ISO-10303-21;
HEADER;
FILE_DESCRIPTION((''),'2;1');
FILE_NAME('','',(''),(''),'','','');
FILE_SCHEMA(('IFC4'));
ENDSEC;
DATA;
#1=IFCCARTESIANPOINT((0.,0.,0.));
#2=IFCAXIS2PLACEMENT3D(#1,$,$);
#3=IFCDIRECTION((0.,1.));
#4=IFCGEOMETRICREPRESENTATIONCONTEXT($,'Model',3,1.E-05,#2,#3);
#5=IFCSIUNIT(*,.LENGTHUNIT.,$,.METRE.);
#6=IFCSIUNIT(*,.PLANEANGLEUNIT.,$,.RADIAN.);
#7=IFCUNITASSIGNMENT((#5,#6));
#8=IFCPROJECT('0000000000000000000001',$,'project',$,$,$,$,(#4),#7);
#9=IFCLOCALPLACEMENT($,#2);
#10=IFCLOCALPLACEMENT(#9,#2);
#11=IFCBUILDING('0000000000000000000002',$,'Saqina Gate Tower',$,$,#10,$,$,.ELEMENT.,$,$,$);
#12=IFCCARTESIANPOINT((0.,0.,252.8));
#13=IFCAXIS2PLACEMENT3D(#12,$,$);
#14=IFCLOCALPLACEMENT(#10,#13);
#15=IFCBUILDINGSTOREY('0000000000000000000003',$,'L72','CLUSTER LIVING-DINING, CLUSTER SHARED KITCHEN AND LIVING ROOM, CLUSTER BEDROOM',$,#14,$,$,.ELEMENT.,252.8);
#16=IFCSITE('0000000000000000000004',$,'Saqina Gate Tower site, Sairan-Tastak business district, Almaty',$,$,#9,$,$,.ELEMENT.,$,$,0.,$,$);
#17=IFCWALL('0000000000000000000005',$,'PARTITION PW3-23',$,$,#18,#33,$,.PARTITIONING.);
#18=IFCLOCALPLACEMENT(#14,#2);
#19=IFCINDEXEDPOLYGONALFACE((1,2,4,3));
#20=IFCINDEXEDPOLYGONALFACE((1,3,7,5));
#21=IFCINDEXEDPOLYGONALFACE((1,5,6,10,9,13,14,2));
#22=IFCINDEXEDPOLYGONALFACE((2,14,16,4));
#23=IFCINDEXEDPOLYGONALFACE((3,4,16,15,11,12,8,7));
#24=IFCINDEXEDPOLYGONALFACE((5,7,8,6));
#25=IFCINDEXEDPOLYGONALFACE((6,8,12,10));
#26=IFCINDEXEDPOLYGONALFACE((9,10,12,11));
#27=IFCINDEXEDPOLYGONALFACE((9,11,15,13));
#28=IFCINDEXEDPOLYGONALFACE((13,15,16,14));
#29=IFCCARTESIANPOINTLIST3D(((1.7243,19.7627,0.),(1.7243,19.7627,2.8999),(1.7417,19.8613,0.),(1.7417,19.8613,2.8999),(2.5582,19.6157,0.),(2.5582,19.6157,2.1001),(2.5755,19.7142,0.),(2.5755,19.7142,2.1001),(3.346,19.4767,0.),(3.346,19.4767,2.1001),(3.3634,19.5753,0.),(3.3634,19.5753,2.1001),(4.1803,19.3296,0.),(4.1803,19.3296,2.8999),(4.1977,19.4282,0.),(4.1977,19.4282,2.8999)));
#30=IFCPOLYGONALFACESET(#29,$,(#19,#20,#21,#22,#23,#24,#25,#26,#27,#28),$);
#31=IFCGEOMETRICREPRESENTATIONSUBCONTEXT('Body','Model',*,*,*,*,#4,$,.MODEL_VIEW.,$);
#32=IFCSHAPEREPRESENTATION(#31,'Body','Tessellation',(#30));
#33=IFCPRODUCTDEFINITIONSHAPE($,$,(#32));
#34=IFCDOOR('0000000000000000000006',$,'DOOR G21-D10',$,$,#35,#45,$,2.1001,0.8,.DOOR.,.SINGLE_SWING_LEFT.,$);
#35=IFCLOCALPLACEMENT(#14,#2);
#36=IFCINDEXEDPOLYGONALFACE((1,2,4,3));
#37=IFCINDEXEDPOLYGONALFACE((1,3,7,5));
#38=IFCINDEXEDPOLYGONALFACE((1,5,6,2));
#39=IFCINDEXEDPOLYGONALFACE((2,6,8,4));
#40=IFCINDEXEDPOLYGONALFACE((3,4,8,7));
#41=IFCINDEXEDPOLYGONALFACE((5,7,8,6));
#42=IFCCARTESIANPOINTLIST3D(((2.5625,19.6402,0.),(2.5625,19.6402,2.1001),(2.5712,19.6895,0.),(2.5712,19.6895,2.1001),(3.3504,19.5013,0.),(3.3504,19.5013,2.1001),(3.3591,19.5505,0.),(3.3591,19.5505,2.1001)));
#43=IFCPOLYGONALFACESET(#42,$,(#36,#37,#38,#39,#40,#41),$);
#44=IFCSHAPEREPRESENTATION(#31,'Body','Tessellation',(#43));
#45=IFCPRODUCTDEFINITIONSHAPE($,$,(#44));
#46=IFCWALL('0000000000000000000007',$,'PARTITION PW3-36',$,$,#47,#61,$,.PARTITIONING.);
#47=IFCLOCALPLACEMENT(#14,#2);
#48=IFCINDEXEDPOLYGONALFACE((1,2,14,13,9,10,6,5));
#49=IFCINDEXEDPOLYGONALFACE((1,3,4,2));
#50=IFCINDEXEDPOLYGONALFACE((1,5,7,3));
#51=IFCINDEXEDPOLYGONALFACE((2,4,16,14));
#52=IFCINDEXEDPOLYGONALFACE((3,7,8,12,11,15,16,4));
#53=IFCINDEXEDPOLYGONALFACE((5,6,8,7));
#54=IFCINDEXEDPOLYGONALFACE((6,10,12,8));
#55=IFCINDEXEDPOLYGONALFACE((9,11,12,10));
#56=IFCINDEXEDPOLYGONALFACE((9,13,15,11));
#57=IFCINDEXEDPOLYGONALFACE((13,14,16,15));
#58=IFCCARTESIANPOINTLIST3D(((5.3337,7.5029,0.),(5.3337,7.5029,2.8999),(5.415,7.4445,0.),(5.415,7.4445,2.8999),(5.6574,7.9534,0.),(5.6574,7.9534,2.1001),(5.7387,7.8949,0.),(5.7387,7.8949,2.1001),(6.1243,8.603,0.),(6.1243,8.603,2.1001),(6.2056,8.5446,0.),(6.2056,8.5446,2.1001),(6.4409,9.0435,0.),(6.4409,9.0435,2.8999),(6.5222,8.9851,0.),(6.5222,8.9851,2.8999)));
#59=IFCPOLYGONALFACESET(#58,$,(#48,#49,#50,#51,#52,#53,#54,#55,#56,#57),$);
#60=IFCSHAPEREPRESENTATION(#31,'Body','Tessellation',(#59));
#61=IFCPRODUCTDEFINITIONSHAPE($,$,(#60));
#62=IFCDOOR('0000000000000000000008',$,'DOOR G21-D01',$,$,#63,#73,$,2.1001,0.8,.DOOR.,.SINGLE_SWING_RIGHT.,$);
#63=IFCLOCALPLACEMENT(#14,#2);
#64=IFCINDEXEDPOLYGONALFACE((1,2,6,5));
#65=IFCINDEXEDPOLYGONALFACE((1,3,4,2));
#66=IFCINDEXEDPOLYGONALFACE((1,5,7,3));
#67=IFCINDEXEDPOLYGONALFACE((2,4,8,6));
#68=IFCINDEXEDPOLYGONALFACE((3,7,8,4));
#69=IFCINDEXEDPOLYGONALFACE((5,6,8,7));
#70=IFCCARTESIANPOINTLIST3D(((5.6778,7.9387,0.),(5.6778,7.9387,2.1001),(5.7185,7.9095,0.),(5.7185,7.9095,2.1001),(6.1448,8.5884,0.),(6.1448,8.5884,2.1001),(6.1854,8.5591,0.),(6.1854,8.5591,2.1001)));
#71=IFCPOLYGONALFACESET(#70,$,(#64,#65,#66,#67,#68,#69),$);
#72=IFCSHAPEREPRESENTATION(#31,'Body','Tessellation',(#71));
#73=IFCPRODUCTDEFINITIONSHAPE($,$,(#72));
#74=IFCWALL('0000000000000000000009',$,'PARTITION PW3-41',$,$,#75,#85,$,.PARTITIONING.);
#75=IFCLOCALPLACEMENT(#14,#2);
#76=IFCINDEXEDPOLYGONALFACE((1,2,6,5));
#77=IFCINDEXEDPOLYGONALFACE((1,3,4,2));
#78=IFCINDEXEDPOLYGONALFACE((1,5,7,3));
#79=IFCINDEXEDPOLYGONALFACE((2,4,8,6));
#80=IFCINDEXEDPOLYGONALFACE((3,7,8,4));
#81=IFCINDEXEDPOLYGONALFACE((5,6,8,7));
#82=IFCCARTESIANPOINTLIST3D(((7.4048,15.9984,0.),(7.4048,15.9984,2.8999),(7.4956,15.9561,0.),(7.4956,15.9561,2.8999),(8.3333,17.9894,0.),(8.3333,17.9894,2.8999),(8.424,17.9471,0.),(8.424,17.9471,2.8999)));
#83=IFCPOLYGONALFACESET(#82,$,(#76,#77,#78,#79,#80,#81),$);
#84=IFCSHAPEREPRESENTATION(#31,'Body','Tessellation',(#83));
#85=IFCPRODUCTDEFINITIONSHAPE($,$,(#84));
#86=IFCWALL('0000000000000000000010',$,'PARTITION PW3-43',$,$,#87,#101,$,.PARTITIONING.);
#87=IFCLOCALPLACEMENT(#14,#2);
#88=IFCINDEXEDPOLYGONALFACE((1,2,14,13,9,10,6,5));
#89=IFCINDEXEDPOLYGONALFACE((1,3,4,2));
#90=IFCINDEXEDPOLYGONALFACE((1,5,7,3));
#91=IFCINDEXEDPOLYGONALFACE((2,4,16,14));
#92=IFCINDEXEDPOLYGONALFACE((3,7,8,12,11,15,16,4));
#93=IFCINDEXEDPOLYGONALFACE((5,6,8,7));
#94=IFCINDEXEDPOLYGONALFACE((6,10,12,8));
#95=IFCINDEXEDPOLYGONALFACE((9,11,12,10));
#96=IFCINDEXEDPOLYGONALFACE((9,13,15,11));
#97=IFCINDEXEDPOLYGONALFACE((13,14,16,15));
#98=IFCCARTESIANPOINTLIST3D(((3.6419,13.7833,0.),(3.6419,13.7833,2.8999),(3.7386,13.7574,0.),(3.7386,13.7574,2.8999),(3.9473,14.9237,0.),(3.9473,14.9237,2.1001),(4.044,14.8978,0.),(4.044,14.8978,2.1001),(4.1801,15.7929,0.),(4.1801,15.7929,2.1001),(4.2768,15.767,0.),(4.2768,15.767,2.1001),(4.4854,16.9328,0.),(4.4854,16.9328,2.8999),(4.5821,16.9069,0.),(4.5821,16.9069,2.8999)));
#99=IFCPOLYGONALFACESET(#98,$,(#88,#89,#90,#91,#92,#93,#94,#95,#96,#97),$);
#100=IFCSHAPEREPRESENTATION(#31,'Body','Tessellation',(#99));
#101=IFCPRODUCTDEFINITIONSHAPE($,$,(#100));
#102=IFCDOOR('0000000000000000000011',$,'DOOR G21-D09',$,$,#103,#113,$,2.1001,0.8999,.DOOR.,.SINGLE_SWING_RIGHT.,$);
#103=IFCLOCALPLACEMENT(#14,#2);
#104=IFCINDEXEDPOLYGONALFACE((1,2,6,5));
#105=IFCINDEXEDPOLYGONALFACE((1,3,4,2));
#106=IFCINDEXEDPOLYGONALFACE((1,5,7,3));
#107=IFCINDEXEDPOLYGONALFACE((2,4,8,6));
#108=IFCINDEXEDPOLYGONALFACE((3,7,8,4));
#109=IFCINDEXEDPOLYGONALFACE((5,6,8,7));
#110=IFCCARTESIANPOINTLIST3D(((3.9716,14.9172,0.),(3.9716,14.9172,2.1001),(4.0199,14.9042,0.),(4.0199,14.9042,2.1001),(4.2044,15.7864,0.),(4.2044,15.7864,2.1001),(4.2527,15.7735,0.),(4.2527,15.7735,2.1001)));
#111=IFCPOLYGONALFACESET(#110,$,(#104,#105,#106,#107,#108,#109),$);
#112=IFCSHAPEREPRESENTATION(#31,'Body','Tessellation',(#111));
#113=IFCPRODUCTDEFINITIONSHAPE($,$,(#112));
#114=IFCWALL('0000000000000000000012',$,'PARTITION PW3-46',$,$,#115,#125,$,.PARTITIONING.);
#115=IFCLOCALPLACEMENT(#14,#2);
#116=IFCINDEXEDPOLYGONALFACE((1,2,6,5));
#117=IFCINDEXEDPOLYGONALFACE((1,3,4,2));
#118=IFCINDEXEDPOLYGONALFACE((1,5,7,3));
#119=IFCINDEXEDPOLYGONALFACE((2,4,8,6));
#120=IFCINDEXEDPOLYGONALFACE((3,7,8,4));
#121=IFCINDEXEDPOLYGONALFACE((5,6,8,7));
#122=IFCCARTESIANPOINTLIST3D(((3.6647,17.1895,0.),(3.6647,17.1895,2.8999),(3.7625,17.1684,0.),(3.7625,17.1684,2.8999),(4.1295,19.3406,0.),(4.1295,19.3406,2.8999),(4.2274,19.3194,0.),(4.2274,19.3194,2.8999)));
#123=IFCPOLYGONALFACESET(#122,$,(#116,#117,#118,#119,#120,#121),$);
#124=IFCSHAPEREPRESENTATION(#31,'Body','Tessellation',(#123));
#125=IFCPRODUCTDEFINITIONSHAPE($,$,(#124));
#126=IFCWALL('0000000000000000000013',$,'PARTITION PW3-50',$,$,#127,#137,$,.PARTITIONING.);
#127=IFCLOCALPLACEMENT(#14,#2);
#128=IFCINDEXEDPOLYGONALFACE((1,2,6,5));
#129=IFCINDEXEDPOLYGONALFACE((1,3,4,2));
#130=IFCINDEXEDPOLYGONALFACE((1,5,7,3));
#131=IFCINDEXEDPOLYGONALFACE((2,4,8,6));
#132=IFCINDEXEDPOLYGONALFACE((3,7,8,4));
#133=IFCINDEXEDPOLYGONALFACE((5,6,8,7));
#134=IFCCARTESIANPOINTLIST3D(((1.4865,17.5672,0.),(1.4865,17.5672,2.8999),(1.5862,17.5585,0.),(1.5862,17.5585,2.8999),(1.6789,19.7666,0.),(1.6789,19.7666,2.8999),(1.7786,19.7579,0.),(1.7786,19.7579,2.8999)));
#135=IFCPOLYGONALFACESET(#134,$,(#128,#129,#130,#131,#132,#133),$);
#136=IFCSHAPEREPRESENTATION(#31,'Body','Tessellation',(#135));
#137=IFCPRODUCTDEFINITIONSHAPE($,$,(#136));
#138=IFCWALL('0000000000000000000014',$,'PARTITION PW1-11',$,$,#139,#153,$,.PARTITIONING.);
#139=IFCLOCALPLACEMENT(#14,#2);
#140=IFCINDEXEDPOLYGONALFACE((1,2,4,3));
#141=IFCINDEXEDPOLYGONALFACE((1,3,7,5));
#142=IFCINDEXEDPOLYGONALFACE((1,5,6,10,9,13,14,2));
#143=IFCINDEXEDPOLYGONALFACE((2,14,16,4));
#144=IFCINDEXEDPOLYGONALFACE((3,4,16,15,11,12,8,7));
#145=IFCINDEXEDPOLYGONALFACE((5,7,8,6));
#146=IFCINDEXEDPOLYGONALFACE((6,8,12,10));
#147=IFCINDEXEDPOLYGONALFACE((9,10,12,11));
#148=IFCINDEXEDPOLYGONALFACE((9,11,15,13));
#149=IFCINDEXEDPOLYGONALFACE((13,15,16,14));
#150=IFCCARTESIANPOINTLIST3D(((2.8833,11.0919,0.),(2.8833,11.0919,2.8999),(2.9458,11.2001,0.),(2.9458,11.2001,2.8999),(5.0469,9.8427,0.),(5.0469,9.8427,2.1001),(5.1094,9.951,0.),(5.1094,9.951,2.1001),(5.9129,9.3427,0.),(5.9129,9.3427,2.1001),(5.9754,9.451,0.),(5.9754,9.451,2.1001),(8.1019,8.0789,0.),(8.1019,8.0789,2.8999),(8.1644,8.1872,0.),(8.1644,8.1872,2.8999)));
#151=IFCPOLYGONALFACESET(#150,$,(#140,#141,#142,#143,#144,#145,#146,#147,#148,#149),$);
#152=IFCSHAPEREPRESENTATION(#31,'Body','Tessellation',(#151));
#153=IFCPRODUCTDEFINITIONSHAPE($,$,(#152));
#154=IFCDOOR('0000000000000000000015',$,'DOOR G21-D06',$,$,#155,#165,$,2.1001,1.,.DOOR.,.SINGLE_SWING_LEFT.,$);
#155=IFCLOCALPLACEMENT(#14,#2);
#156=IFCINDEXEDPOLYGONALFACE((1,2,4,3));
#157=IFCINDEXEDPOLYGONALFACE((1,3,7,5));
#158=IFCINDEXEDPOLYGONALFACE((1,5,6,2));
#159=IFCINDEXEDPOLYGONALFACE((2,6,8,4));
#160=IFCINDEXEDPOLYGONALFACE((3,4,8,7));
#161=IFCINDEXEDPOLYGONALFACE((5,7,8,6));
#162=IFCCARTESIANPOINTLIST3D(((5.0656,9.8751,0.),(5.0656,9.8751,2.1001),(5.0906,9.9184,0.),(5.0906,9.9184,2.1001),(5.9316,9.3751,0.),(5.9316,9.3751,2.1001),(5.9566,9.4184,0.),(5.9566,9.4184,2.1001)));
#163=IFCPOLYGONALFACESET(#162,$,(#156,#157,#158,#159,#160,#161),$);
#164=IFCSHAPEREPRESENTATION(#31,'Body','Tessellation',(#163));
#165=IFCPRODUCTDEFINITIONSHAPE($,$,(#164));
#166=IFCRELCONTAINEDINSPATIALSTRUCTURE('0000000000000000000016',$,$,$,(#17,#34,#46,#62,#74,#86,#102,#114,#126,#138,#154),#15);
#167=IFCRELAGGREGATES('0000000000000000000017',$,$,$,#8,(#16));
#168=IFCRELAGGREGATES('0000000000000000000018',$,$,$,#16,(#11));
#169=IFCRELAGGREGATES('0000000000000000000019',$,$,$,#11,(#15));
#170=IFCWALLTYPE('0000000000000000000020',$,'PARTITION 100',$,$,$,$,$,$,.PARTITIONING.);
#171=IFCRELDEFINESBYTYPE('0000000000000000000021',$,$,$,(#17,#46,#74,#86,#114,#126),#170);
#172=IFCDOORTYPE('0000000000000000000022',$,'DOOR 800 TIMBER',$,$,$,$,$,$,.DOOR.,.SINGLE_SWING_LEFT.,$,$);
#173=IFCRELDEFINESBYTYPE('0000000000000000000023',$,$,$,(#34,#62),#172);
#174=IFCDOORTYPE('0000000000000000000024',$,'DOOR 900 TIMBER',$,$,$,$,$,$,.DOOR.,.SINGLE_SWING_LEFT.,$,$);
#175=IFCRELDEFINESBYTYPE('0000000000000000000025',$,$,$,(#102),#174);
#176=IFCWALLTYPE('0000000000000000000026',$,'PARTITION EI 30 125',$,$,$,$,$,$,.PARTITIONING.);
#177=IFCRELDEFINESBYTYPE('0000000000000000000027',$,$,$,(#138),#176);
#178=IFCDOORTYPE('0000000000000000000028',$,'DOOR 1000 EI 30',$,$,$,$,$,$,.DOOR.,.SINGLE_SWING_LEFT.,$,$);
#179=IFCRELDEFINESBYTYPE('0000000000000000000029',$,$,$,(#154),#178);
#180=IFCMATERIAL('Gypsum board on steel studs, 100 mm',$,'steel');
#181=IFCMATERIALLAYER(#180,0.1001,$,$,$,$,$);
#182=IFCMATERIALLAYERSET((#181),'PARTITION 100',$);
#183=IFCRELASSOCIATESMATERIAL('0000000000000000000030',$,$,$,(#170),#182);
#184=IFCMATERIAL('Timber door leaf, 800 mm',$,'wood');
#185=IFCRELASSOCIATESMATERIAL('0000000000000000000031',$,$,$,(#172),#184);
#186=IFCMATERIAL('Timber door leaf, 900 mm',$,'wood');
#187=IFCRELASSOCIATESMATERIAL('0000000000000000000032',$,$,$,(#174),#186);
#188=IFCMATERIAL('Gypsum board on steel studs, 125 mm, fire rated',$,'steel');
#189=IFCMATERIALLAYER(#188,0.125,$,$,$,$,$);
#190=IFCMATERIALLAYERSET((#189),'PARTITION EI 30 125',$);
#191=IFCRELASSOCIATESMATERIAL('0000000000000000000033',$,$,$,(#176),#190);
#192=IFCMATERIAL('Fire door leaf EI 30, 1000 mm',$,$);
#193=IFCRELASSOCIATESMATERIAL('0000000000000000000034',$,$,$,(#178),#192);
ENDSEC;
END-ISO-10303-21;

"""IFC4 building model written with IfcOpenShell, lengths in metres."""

from ifc_helpers import new_model, si_unit, direction, frame, frame_2d, origin, place, context, subcontext, project, spatial, rectangle, extrude, material, layer, layer_set, type_object, element, fill, save


model = new_model("IFC4")

# Units and contexts
model_context = context("Model", 3, precision=1e-05, world=origin(), true_north=direction((0.0, 1.0)))
body_context = subcontext(model_context, "Body", "Model", "MODEL_VIEW")
ifc_project = project(units=[si_unit("LENGTHUNIT", "METRE"), si_unit("PLANEANGLEUNIT", "RADIAN")], contexts=[model_context])

# Site, building, storey
site_placement = place(None, origin())
site = spatial("IfcSite", under=ifc_project, at=site_placement, Name="Saqina Gate Tower site, Sairan-Tastak business district, Almaty", CompositionType="ELEMENT", RefElevation=0.0)
building_placement = place(site_placement, origin())
building = spatial("IfcBuilding", under=site, at=building_placement, Name="Saqina Gate Tower", CompositionType="ELEMENT")
storey_placement = place(building_placement, frame((0.0, 0.0, 252.8)))
storey = spatial("IfcBuildingStorey", under=building, at=storey_placement, Name="L72", Description="CLUSTER LIVING-DINING, CLUSTER SHARED KITCHEN AND LIVING ROOM, CLUSTER BEDROOM", CompositionType="ELEMENT", Elevation=252.8)

# Shared definitions
ifc_material_1 = material(Name="Gypsum board on steel studs, 100 mm", Category="steel")
ifc_layer_1 = layer(ifc_material_1, 0.1001)
ifc_layer_set_1 = layer_set([ifc_layer_1], Name="PARTITION 100")
wall_type_1 = type_object("IfcWallType", Name="PARTITION 100", PredefinedType="PARTITIONING", material=ifc_layer_set_1)

# Walls, openings, doors
wall_1_placement = place(storey_placement, frame((1.7329, 19.812, 0.0), z_axis=(0.0, 0.0, 1.0), x_axis=(0.984805, -0.173662, 0.0)))
wall_1 = element("IfcWall", 1, at=wall_1_placement, inside=storey, type_object=wall_type_1, Name="PARTITION PW3-23", PredefinedType="PARTITIONING", context=body_context, shape_type="SweptSolid", body=[
    extrude(rectangle(XDim=2.4939, YDim=0.1001, at=frame_2d((1.2471, 0.0))), origin(), (0.0, 0.0, 1.0), 2.8999),
])
opening_1_placement = place(wall_1_placement, frame((0.8469, 0.0, 0.0)))
opening_1 = element("IfcOpeningElement", 2, at=opening_1_placement, cuts=wall_1, PredefinedType="OPENING", context=body_context, shape_type="SweptSolid", body=[
    extrude(rectangle(XDim=0.8, YDim=2.1001, at=frame_2d((0.3999, 1.05))), frame((0.0, 0.062, 0.0), z_axis=(0.0, -1.0, 0.0), x_axis=(1.0, 0.0, 0.0)), (0.0, 0.0, 1.0), 0.124),
])
ifc_material_2 = material(Name="Timber door leaf, 800 mm", Category="wood")
door_type_1 = type_object("IfcDoorType", Name="DOOR 800 TIMBER", OperationType="SINGLE_SWING_LEFT", PredefinedType="DOOR", material=ifc_material_2)
door_1_placement = place(opening_1_placement, origin())
door_1 = element("IfcDoor", 3, at=door_1_placement, inside=storey, type_object=door_type_1, Name="DOOR G21-D10", OperationType="SINGLE_SWING_LEFT", OverallHeight=2.1001, OverallWidth=0.8, PredefinedType="DOOR", context=body_context, shape_type="SweptSolid", body=[
    extrude(rectangle(XDim=0.8, YDim=2.1001, at=frame_2d((0.3999, 1.05))), frame((0.0, 0.0249, 0.0), z_axis=(0.0, -1.0, 0.0), x_axis=(1.0, 0.0, 0.0)), (0.0, 0.0, 1.0), 0.05),
])
fill(opening_1, door_1)
wall_2_placement = place(storey_placement, frame((5.3743, 7.4736, 0.0), z_axis=(0.0, 0.0, 1.0), x_axis=(0.58361, 0.812034, 0.0)))
wall_2 = element("IfcWall", 4, at=wall_2_placement, inside=storey, type_object=wall_type_1, Name="PARTITION PW3-36", PredefinedType="PARTITIONING", context=body_context, shape_type="SweptSolid", body=[
    extrude(rectangle(XDim=1.8972, YDim=0.1001, at=frame_2d((0.9487, 0.0))), origin(), (0.0, 0.0, 1.0), 2.8999),
])
opening_2_placement = place(wall_2_placement, frame((0.5549, 0.0, 0.0)))
opening_2 = element("IfcOpeningElement", 5, at=opening_2_placement, cuts=wall_2, PredefinedType="OPENING", context=body_context, shape_type="SweptSolid", body=[
    extrude(rectangle(XDim=0.8, YDim=2.1001, at=frame_2d((0.3999, 1.05))), frame((0.0, 0.062, 0.0), z_axis=(0.0, -1.0, 0.0), x_axis=(1.0, 0.0, 0.0)), (0.0, 0.0, 1.0), 0.124),
])
door_2_placement = place(opening_2_placement, origin())
door_2 = element("IfcDoor", 6, at=door_2_placement, inside=storey, type_object=door_type_1, Name="DOOR G21-D01", OperationType="SINGLE_SWING_RIGHT", OverallHeight=2.1001, OverallWidth=0.8, PredefinedType="DOOR", context=body_context, shape_type="SweptSolid", body=[
    extrude(rectangle(XDim=0.8, YDim=2.1001, at=frame_2d((0.3999, 1.05))), frame((0.0, 0.0249, 0.0), z_axis=(0.0, -1.0, 0.0), x_axis=(1.0, 0.0, 0.0)), (0.0, 0.0, 1.0), 0.05),
])
fill(opening_2, door_2)

# Wall
wall_3_placement = place(storey_placement, frame((7.4502, 15.9773, 0.0), z_axis=(0.0, 0.0, 1.0), x_axis=(0.422642, 0.906297, 0.0)))
element("IfcWall", 7, at=wall_3_placement, inside=storey, type_object=wall_type_1, Name="PARTITION PW3-41", PredefinedType="PARTITIONING", context=body_context, shape_type="SweptSolid", body=[
    extrude(rectangle(XDim=2.1968, YDim=0.1001, at=frame_2d((1.0984, 0.0))), origin(), (0.0, 0.0, 1.0), 2.8999),
])

# Wall, opening, door
wall_4_placement = place(storey_placement, frame((3.6902, 13.7703, 0.0), z_axis=(0.0, 0.0, 1.0), x_axis=(0.258711, 0.965955, 0.0)))
wall_4 = element("IfcWall", 8, at=wall_4_placement, inside=storey, type_object=wall_type_1, Name="PARTITION PW3-43", PredefinedType="PARTITIONING", context=body_context, shape_type="SweptSolid", body=[
    extrude(rectangle(XDim=3.2605, YDim=0.1001, at=frame_2d((1.6304, 0.0))), origin(), (0.0, 0.0, 1.0), 2.8999),
])
opening_3_placement = place(wall_4_placement, frame((1.1807, 0.0, 0.0)))
opening_3 = element("IfcOpeningElement", 9, at=opening_3_placement, cuts=wall_4, PredefinedType="OPENING", context=body_context, shape_type="SweptSolid", body=[
    extrude(rectangle(XDim=0.8999, YDim=2.1001, at=frame_2d((0.45, 1.05))), frame((0.0, 0.062, 0.0), z_axis=(0.0, -1.0, 0.0), x_axis=(1.0, 0.0, 0.0)), (0.0, 0.0, 1.0), 0.124),
])
ifc_material_3 = material(Name="Timber door leaf, 900 mm", Category="wood")
door_type_2 = type_object("IfcDoorType", Name="DOOR 900 TIMBER", OperationType="SINGLE_SWING_LEFT", PredefinedType="DOOR", material=ifc_material_3)
door_3_placement = place(opening_3_placement, origin())
door_3 = element("IfcDoor", 10, at=door_3_placement, inside=storey, type_object=door_type_2, Name="DOOR G21-D09", OperationType="SINGLE_SWING_RIGHT", OverallHeight=2.1001, OverallWidth=0.8999, PredefinedType="DOOR", context=body_context, shape_type="SweptSolid", body=[
    extrude(rectangle(XDim=0.8999, YDim=2.1001, at=frame_2d((0.45, 1.05))), frame((0.0, 0.0249, 0.0), z_axis=(0.0, -1.0, 0.0), x_axis=(1.0, 0.0, 0.0)), (0.0, 0.0, 1.0), 0.05),
])
fill(opening_3, door_3)

# Walls
wall_5_placement = place(storey_placement, frame((3.7136, 17.179, 0.0), z_axis=(0.0, 0.0, 1.0), x_axis=(0.211218, 0.977439, 0.0)))
element("IfcWall", 11, at=wall_5_placement, inside=storey, type_object=wall_type_1, Name="PARTITION PW3-46", PredefinedType="PARTITIONING", context=body_context, shape_type="SweptSolid", body=[
    extrude(rectangle(XDim=2.2007, YDim=0.1001, at=frame_2d((1.1003, 0.0))), origin(), (0.0, 0.0, 1.0), 2.8999),
])
wall_6_placement = place(storey_placement, frame((1.5364, 17.5627, 0.0), z_axis=(0.0, 0.0, 1.0), x_axis=(0.087135, 0.996196, 0.0)))
element("IfcWall", 12, at=wall_6_placement, inside=storey, type_object=wall_type_1, Name="PARTITION PW3-50", PredefinedType="PARTITIONING", context=body_context, shape_type="SweptSolid", body=[
    extrude(rectangle(XDim=2.2078, YDim=0.1001, at=frame_2d((1.104, 0.0))), origin(), (0.0, 0.0, 1.0), 2.8999),
])

# Wall, opening, door
ifc_material_4 = material(Name="Gypsum board on steel studs, 125 mm, fire rated", Category="steel")
ifc_layer_2 = layer(ifc_material_4, 0.125)
ifc_layer_set_2 = layer_set([ifc_layer_2], Name="PARTITION EI 30 125")
wall_type_2 = type_object("IfcWallType", Name="PARTITION EI 30 125", PredefinedType="PARTITIONING", material=ifc_layer_set_2)
wall_7_placement = place(storey_placement, frame((2.9146, 11.146, 0.0), z_axis=(0.0, 0.0, 1.0), x_axis=(0.866023, -0.500004, 0.0)))
wall_7 = element("IfcWall", 13, at=wall_7_placement, inside=storey, type_object=wall_type_2, Name="PARTITION PW1-11", PredefinedType="PARTITIONING", context=body_context, shape_type="SweptSolid", body=[
    extrude(rectangle(XDim=6.0259, YDim=0.125, at=frame_2d((3.0129, 0.0))), origin(), (0.0, 0.0, 1.0), 2.8999),
])
opening_4_placement = place(wall_7_placement, frame((2.4983, 0.0, 0.0)))
opening_4 = element("IfcOpeningElement", 14, at=opening_4_placement, cuts=wall_7, PredefinedType="OPENING", context=body_context, shape_type="SweptSolid", body=[
    extrude(rectangle(XDim=1.0, YDim=2.1001, at=frame_2d((0.5, 1.05))), frame((0.0, 0.0745, 0.0), z_axis=(0.0, -1.0, 0.0), x_axis=(1.0, 0.0, 0.0)), (0.0, 0.0, 1.0), 0.1489),
])
ifc_material_5 = material(Name="Fire door leaf EI 30, 1000 mm")
door_type_3 = type_object("IfcDoorType", Name="DOOR 1000 EI 30", OperationType="SINGLE_SWING_LEFT", PredefinedType="DOOR", material=ifc_material_5)
door_4_placement = place(opening_4_placement, origin())
door_4 = element("IfcDoor", 15, at=door_4_placement, inside=storey, type_object=door_type_3, Name="DOOR G21-D06", OperationType="SINGLE_SWING_LEFT", OverallHeight=2.1001, OverallWidth=1.0, PredefinedType="DOOR", context=body_context, shape_type="SweptSolid", body=[
    extrude(rectangle(XDim=1.0, YDim=2.1001, at=frame_2d((0.5, 1.05))), frame((0.0, 0.0249, 0.0), z_axis=(0.0, -1.0, 0.0), x_axis=(1.0, 0.0, 0.0)), (0.0, 0.0, 1.0), 0.05),
])
fill(opening_4, door_4)

save(model, "model.ifc")
